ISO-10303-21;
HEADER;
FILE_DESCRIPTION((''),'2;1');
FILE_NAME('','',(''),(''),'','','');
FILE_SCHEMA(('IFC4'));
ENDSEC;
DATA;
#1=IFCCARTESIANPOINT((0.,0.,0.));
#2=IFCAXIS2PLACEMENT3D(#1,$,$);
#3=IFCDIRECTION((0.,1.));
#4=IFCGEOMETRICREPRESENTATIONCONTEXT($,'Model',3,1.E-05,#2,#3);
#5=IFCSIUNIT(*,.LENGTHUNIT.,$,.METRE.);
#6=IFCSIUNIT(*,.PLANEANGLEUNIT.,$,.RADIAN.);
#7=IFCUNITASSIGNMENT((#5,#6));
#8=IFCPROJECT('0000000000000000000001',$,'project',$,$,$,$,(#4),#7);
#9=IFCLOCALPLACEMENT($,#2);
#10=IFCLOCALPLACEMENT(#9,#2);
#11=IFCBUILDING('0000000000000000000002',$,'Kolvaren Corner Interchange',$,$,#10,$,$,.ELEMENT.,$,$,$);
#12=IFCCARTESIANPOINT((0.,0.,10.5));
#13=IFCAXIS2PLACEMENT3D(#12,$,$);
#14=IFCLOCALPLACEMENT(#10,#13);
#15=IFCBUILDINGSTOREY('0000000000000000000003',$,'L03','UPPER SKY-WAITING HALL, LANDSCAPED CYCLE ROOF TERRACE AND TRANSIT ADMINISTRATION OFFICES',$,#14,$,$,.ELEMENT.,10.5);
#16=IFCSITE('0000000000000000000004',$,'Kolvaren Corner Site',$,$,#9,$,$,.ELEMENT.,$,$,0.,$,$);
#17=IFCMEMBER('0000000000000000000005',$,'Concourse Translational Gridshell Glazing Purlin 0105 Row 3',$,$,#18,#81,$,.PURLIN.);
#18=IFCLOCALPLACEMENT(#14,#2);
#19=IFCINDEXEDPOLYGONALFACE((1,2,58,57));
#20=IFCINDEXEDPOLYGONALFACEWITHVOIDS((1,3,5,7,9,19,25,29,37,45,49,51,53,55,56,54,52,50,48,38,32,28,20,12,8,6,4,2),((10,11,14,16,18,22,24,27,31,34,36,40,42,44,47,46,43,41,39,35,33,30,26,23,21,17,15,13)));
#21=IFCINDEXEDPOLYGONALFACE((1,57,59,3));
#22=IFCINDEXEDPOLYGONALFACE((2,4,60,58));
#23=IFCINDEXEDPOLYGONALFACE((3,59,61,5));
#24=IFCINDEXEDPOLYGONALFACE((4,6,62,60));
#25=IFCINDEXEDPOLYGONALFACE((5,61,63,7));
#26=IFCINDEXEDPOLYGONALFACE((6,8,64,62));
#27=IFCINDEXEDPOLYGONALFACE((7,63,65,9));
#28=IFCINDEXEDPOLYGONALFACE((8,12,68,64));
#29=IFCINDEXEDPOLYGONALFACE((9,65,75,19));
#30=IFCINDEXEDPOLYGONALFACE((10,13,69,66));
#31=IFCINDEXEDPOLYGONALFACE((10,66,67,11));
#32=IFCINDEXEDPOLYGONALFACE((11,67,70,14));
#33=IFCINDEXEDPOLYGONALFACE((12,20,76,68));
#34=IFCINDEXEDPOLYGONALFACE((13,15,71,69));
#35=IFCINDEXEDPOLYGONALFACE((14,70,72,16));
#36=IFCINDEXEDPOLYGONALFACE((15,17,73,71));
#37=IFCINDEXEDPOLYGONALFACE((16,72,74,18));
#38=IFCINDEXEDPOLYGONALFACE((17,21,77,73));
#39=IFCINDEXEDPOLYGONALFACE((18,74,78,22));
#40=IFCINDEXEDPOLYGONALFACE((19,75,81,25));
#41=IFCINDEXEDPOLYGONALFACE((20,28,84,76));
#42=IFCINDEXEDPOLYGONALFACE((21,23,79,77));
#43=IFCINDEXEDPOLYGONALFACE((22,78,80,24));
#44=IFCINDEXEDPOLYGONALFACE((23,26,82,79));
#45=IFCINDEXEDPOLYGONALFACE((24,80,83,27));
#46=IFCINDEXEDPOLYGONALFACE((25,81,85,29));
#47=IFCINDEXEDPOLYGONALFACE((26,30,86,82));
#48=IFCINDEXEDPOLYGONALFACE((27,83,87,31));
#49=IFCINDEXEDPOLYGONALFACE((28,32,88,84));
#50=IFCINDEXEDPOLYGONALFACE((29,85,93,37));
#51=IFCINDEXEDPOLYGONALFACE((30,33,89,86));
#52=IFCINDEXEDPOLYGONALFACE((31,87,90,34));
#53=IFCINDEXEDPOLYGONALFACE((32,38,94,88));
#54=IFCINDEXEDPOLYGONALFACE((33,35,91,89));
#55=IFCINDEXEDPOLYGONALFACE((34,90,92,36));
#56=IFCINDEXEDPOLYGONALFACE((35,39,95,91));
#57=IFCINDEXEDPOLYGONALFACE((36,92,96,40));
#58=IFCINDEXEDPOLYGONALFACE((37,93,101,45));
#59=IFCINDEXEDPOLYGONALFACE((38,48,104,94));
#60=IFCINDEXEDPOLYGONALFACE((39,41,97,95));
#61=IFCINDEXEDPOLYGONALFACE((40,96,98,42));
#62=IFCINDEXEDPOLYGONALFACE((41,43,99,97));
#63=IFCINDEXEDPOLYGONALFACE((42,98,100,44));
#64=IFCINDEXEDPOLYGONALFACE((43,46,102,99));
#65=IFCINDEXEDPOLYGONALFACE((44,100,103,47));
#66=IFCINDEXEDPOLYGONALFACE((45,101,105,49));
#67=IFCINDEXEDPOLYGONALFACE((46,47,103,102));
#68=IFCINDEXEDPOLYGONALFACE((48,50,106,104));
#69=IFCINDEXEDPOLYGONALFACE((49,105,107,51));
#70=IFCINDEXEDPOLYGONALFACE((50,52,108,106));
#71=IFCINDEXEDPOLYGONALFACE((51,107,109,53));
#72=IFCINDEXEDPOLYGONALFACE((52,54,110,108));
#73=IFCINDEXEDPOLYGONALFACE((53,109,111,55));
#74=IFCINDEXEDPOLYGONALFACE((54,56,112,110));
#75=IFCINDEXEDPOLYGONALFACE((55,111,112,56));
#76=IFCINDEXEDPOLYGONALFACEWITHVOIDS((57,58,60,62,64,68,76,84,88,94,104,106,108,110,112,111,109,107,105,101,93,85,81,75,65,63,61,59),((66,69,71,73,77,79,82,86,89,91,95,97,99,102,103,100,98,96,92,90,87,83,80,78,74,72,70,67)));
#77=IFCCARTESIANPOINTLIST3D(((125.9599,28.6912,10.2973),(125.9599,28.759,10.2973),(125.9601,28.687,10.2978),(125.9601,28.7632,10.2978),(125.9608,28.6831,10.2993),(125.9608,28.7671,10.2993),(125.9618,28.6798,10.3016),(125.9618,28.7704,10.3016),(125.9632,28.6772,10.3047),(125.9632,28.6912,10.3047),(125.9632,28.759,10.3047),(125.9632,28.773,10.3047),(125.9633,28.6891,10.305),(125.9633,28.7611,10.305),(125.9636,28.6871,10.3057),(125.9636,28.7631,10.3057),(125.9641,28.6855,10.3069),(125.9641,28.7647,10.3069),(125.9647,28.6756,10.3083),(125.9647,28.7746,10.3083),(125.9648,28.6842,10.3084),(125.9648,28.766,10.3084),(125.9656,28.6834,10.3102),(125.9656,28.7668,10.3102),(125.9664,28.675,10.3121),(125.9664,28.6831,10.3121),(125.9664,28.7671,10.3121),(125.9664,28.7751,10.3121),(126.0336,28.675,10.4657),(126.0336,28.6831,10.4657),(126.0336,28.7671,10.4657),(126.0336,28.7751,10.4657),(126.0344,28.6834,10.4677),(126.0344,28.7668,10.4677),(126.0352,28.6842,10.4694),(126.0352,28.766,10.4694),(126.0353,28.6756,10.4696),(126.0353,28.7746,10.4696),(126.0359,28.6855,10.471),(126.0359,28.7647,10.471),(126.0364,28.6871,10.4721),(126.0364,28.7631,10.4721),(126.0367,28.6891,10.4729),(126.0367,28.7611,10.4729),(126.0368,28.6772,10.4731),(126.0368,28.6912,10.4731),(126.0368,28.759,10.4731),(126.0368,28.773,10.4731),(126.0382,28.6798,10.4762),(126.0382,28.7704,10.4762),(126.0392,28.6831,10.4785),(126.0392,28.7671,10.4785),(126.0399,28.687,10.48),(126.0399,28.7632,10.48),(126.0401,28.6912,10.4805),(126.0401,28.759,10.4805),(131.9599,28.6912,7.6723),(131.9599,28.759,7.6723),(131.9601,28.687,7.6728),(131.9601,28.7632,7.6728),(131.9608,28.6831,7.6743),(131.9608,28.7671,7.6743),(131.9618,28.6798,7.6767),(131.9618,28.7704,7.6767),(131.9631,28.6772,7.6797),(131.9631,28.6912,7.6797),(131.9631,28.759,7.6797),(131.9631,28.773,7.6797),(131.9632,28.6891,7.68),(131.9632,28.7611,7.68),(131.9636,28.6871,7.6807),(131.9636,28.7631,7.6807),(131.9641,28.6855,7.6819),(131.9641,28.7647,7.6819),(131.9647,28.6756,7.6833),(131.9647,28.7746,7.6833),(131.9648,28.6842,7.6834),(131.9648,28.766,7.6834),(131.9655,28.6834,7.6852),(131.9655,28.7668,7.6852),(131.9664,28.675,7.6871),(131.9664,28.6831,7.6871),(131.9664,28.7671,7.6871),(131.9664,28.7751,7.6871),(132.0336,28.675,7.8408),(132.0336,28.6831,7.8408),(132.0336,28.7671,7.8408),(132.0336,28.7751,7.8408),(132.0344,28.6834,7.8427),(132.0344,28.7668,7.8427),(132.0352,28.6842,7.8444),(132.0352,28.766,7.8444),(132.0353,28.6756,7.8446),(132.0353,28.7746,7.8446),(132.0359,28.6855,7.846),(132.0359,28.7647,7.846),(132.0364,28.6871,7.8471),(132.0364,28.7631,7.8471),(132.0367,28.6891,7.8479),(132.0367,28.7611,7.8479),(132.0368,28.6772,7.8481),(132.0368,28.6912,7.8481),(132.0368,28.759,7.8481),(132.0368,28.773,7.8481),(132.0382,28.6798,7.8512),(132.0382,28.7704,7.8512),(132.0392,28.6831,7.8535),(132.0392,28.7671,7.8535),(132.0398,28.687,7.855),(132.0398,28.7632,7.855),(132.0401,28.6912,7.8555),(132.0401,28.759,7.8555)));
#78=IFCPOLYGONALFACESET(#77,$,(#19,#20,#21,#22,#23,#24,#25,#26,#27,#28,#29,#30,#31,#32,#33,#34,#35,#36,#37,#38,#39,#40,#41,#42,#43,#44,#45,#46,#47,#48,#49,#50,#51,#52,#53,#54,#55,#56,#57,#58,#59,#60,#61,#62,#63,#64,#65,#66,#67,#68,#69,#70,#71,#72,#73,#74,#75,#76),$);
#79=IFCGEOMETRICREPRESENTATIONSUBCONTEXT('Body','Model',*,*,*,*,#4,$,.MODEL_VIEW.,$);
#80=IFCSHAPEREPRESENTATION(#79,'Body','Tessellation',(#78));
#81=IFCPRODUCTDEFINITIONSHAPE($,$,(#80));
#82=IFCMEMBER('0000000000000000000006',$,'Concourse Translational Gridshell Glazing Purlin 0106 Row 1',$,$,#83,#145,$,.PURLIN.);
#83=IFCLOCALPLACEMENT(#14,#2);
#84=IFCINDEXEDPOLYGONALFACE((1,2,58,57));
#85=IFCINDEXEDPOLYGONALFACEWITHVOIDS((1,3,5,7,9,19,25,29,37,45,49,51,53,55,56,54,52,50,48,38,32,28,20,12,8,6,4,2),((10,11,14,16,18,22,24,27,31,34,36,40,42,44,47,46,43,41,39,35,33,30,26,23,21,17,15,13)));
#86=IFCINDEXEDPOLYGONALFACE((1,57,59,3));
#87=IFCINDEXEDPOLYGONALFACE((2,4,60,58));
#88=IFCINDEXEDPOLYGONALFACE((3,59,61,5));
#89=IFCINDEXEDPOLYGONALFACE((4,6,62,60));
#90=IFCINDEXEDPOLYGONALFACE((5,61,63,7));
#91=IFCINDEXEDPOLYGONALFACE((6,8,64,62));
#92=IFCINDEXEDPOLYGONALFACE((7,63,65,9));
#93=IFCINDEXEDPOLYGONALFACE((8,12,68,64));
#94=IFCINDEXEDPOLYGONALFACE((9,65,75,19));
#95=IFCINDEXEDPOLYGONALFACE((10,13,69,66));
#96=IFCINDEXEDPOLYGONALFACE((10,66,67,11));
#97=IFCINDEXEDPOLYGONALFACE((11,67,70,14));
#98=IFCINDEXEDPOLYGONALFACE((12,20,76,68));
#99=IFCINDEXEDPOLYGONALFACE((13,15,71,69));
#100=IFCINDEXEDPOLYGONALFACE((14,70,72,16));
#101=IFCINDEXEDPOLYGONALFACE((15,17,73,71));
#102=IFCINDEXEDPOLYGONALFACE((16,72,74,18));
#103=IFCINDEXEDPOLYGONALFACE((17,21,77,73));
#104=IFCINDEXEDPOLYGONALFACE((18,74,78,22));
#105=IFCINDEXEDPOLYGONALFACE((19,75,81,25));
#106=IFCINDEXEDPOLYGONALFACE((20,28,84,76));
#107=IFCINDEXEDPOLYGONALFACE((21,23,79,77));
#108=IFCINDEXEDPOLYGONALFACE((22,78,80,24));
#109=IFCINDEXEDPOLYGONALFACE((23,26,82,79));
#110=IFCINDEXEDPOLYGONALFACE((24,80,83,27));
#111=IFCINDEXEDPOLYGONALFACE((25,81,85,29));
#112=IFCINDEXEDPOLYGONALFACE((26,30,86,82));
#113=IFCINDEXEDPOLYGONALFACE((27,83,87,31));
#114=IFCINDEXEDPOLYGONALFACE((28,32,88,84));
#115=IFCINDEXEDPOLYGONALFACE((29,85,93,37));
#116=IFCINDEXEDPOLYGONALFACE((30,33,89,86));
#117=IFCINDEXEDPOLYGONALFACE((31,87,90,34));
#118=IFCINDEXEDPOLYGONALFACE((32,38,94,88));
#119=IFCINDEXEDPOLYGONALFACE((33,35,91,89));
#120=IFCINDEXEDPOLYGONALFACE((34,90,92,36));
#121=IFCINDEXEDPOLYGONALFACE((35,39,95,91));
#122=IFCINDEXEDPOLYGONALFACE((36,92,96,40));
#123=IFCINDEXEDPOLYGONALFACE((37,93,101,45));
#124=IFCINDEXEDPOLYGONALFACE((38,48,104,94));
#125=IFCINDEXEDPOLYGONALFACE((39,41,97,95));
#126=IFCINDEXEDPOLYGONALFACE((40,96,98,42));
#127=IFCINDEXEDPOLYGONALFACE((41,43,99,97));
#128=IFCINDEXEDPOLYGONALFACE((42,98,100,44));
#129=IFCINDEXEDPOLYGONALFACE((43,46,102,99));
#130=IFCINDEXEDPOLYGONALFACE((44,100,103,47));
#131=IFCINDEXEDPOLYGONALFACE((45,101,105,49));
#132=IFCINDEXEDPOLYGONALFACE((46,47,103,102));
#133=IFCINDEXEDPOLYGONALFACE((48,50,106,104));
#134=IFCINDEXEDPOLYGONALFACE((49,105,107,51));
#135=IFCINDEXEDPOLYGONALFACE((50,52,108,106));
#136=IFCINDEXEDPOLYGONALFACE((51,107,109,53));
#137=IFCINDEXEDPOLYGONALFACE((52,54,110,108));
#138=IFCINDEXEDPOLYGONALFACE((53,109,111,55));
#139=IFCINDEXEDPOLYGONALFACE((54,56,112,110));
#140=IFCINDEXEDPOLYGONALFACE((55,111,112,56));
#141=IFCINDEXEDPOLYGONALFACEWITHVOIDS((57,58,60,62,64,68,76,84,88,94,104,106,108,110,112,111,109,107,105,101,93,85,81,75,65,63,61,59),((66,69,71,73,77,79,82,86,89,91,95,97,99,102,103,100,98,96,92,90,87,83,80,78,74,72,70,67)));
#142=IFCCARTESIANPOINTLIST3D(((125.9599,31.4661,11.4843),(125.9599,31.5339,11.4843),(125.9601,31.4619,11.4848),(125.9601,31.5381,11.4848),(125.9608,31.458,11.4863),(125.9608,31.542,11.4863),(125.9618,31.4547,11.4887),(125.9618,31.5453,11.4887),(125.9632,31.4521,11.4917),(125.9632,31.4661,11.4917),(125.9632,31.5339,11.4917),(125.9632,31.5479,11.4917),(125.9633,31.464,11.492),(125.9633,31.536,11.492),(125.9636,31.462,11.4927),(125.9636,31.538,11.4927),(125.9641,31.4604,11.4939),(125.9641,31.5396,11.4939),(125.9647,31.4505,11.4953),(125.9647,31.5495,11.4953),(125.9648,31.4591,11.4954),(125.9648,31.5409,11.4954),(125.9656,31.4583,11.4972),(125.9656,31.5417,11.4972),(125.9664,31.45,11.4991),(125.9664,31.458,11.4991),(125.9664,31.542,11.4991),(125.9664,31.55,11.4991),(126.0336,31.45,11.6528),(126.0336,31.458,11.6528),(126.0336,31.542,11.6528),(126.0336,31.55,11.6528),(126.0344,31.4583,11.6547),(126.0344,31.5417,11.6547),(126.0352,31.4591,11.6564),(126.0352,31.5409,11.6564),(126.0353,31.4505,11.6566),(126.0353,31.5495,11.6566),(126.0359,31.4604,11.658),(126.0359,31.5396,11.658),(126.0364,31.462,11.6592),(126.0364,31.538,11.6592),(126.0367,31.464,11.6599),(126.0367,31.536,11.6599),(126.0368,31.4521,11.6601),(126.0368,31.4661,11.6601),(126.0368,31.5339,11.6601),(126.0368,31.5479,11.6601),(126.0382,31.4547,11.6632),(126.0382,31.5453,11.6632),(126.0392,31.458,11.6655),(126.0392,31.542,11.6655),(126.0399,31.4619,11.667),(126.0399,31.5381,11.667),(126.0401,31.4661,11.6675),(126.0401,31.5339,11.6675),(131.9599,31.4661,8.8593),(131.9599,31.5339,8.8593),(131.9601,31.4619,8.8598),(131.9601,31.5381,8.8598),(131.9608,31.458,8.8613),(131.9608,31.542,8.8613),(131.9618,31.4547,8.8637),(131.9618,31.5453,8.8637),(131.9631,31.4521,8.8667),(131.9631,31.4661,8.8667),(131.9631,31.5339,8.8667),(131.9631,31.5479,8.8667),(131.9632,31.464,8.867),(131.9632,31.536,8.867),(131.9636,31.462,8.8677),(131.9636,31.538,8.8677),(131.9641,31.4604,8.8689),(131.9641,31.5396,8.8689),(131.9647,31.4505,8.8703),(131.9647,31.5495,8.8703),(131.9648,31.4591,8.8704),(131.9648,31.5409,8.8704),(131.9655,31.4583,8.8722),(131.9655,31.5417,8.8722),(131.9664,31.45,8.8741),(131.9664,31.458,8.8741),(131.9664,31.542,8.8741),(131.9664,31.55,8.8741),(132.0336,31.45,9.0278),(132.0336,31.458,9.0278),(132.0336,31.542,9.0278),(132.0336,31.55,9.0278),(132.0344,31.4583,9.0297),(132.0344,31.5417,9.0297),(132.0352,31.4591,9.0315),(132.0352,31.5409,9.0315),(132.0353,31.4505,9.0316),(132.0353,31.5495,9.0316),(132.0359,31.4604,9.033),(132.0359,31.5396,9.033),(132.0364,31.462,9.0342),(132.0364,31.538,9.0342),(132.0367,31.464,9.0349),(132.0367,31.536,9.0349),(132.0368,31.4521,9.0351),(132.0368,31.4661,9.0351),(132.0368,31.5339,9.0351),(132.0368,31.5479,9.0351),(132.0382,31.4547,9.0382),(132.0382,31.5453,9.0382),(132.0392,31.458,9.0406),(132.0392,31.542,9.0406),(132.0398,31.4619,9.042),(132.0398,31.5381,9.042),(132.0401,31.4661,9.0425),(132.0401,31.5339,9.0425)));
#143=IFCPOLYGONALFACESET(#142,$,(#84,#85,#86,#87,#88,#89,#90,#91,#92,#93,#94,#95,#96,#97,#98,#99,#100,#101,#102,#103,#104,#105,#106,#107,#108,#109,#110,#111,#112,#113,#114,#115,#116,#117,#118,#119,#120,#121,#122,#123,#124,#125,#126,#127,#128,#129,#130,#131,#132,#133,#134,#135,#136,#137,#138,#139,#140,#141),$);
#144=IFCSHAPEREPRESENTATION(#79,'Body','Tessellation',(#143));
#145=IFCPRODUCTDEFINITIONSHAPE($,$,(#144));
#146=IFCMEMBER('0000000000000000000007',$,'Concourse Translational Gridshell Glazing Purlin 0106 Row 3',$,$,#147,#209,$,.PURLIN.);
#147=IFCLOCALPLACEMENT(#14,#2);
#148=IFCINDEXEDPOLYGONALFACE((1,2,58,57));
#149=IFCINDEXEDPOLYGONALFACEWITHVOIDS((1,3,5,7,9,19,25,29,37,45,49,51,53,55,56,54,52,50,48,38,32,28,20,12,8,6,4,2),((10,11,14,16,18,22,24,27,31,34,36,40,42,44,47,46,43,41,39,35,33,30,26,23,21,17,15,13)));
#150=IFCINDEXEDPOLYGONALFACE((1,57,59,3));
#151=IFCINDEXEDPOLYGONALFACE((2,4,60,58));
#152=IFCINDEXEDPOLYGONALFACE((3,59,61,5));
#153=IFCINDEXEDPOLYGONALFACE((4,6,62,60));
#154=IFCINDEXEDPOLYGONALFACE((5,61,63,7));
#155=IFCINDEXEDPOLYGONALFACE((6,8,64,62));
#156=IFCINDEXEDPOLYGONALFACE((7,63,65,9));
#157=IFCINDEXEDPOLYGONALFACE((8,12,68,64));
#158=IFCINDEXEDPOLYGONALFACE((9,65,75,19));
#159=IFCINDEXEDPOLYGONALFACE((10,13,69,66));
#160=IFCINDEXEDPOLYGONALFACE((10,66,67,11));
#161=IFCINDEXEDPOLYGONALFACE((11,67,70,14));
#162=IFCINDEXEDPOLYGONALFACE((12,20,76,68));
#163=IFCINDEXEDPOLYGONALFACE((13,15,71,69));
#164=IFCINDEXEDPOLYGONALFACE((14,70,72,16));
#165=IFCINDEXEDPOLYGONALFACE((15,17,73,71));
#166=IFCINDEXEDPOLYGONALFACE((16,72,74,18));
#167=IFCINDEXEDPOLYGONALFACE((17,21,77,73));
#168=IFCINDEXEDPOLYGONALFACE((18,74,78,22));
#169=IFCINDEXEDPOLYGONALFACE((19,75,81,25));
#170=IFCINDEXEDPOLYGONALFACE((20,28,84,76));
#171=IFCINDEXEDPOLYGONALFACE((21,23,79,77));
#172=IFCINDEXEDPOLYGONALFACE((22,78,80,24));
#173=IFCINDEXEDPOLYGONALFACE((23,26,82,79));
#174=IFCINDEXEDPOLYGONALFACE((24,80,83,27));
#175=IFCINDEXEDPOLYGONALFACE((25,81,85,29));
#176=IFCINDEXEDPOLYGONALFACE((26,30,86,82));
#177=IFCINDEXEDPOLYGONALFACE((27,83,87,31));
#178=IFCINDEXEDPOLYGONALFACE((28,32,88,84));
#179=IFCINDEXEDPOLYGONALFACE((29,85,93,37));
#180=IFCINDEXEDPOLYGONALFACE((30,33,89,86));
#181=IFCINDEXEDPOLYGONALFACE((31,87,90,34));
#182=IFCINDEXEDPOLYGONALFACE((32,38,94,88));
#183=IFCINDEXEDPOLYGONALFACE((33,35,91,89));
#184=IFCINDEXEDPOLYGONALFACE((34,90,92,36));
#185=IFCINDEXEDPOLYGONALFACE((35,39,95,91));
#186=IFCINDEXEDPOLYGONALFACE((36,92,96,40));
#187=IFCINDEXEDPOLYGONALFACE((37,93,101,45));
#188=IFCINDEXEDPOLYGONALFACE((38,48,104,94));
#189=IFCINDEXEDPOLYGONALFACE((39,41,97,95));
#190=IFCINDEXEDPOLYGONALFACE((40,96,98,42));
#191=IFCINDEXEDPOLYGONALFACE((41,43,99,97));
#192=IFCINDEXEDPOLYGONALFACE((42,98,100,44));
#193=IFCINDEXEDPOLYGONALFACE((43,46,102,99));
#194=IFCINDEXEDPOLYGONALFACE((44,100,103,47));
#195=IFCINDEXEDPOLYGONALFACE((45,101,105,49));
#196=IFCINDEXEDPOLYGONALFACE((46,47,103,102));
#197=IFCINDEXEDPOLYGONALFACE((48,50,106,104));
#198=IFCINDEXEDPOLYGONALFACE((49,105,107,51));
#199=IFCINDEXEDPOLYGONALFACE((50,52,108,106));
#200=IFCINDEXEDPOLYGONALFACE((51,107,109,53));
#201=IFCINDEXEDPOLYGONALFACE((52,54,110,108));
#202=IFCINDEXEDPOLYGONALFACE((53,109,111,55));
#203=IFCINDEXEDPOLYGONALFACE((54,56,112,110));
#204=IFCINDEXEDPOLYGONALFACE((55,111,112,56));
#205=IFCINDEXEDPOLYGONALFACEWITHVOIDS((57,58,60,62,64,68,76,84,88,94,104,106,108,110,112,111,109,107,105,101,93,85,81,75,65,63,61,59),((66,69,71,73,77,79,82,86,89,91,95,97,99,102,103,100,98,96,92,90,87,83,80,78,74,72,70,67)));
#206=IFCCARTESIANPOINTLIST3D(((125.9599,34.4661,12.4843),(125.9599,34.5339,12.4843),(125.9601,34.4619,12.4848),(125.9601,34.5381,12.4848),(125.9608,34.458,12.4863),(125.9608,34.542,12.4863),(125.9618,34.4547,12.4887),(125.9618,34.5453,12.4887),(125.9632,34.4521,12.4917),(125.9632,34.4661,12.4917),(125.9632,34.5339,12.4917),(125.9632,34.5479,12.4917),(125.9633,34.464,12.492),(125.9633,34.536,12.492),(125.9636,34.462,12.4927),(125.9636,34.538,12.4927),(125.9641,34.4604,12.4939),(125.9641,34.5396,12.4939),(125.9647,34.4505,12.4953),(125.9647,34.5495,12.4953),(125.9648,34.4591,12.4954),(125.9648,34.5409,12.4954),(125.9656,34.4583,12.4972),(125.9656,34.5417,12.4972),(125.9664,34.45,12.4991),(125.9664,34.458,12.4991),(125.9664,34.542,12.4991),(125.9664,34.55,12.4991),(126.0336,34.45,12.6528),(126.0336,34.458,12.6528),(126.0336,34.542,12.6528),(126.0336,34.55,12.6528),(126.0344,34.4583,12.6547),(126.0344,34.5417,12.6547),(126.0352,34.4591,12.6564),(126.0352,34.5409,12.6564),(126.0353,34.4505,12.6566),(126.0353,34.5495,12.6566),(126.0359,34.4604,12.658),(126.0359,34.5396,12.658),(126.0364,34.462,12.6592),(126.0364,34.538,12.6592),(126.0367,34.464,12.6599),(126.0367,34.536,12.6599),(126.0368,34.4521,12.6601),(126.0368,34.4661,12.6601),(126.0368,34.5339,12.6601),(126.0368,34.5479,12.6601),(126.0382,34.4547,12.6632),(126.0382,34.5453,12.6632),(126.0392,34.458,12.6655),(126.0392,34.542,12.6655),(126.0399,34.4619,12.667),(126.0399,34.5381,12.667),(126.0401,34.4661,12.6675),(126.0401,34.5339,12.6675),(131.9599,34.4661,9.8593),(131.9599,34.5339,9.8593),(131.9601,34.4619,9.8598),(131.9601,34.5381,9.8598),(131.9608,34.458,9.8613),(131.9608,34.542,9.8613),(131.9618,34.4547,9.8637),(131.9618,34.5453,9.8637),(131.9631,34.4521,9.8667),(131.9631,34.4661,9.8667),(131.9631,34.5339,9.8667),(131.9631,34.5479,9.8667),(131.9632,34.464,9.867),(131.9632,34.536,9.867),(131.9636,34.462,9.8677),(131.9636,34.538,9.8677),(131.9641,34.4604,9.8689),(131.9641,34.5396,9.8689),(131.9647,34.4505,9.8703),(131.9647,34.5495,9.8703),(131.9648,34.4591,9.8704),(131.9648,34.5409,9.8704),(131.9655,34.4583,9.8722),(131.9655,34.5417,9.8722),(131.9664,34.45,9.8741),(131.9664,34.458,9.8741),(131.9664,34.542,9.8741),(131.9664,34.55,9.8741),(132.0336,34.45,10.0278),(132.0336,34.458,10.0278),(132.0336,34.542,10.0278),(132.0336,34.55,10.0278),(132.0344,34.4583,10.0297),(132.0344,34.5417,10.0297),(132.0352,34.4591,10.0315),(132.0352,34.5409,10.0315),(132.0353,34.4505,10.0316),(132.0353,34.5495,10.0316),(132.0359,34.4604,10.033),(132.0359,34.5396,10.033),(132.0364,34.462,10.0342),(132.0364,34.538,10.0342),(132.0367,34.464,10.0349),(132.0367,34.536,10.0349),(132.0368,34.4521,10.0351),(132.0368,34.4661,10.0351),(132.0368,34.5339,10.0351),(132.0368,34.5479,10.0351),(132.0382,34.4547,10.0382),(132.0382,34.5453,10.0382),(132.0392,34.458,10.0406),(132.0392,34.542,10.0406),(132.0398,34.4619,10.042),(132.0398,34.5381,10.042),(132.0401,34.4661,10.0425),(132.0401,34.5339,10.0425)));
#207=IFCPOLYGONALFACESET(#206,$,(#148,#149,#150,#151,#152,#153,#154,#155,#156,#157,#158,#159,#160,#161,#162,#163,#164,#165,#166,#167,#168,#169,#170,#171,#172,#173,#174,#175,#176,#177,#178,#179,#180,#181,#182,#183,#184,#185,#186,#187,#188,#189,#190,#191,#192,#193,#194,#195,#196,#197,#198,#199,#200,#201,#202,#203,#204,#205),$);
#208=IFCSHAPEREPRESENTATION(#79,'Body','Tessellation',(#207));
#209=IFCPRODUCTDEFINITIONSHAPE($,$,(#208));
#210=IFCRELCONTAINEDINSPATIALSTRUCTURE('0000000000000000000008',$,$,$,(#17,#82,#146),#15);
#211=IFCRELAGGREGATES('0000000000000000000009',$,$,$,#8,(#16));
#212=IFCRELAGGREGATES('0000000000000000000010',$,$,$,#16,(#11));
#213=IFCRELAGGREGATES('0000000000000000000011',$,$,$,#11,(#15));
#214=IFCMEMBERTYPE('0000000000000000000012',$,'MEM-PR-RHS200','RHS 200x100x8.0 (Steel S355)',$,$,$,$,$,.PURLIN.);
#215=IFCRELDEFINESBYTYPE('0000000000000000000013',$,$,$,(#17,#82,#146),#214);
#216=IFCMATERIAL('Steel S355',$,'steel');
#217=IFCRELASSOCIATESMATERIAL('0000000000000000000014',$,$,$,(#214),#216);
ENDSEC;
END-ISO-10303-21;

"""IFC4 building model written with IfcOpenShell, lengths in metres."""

from ifc_helpers import new_model, si_unit, direction, frame, origin, origin_2d, place, context, subcontext, project, spatial, hollow_rectangle, extrude, material, material_profile, profile_set, type_object, element, save


model = new_model("IFC4")

# Units and contexts
model_context = context("Model", 3, precision=1e-05, world=origin(), true_north=direction((0.0, 1.0)))
body_context = subcontext(model_context, "Body", "Model", "MODEL_VIEW")
ifc_project = project(units=[si_unit("LENGTHUNIT", "METRE"), si_unit("PLANEANGLEUNIT", "RADIAN")], contexts=[model_context])

# Site, building, storey
site_placement = place(None, origin())
site = spatial("IfcSite", under=ifc_project, at=site_placement, Name="Kolvaren Corner Site", CompositionType="ELEMENT", RefElevation=0.0)
building_placement = place(site_placement, origin())
building = spatial("IfcBuilding", under=site, at=building_placement, Name="Kolvaren Corner Interchange", CompositionType="ELEMENT")
storey_placement = place(building_placement, frame((0.0, 0.0, 10.5)))
storey = spatial("IfcBuildingStorey", under=building, at=storey_placement, Name="L03", Description="UPPER SKY-WAITING HALL, LANDSCAPED CYCLE ROOF TERRACE AND TRANSIT ADMINISTRATION OFFICES", CompositionType="ELEMENT", Elevation=10.5)

# Members
ifc_material_1 = material(Name="Steel S355", Category="steel")
ifc_material_profile_1 = material_profile(ifc_material_1, hollow_rectangle(XDim=0.1001, YDim=0.2, WallThickness=0.0081, InnerFilletRadius=0.0081, OuterFilletRadius=0.0161, at=origin_2d()), Name="RHS 200x100x8.0")
ifc_profile_set_1 = profile_set([ifc_material_profile_1], Name="Steel S355")
member_type_1 = type_object("IfcMemberType", Name="MEM-PR-RHS200", Description="RHS 200x100x8.0 (Steel S355)", PredefinedType="PURLIN", material=ifc_profile_set_1)
for number, where, z_axis, x_axis, name in (
    (1, (126.0, 28.7251, 10.3889), (0.916157, 0.0, -0.400819), (0.0, 1.0, 0.0), "Concourse Translational Gridshell Glazing Purlin 0105 Row 3"),
    (2, (126.0, 31.5, 11.5759), (0.916157, 0.0, -0.400819), (0.0, 1.0, 0.0), "Concourse Translational Gridshell Glazing Purlin 0106 Row 1"),
    (3, (126.0, 34.5, 12.5759), (0.916157, 0.0, -0.400819), (0.0, 1.0, 0.0), "Concourse Translational Gridshell Glazing Purlin 0106 Row 3"),
):
    element("IfcMember", number, at=place(storey_placement, frame(where, z_axis=z_axis, x_axis=x_axis)), inside=storey, type_object=member_type_1, Name=name, PredefinedType="PURLIN", context=body_context, shape_type="SweptSolid", body=[
        extrude(hollow_rectangle(XDim=0.1001, YDim=0.2, WallThickness=0.0081, InnerFilletRadius=0.0081, OuterFilletRadius=0.0161, at=origin_2d()), origin(), (0.0, 0.0, 1.0), 6.5491),
    ])

save(model, "model.ifc")
